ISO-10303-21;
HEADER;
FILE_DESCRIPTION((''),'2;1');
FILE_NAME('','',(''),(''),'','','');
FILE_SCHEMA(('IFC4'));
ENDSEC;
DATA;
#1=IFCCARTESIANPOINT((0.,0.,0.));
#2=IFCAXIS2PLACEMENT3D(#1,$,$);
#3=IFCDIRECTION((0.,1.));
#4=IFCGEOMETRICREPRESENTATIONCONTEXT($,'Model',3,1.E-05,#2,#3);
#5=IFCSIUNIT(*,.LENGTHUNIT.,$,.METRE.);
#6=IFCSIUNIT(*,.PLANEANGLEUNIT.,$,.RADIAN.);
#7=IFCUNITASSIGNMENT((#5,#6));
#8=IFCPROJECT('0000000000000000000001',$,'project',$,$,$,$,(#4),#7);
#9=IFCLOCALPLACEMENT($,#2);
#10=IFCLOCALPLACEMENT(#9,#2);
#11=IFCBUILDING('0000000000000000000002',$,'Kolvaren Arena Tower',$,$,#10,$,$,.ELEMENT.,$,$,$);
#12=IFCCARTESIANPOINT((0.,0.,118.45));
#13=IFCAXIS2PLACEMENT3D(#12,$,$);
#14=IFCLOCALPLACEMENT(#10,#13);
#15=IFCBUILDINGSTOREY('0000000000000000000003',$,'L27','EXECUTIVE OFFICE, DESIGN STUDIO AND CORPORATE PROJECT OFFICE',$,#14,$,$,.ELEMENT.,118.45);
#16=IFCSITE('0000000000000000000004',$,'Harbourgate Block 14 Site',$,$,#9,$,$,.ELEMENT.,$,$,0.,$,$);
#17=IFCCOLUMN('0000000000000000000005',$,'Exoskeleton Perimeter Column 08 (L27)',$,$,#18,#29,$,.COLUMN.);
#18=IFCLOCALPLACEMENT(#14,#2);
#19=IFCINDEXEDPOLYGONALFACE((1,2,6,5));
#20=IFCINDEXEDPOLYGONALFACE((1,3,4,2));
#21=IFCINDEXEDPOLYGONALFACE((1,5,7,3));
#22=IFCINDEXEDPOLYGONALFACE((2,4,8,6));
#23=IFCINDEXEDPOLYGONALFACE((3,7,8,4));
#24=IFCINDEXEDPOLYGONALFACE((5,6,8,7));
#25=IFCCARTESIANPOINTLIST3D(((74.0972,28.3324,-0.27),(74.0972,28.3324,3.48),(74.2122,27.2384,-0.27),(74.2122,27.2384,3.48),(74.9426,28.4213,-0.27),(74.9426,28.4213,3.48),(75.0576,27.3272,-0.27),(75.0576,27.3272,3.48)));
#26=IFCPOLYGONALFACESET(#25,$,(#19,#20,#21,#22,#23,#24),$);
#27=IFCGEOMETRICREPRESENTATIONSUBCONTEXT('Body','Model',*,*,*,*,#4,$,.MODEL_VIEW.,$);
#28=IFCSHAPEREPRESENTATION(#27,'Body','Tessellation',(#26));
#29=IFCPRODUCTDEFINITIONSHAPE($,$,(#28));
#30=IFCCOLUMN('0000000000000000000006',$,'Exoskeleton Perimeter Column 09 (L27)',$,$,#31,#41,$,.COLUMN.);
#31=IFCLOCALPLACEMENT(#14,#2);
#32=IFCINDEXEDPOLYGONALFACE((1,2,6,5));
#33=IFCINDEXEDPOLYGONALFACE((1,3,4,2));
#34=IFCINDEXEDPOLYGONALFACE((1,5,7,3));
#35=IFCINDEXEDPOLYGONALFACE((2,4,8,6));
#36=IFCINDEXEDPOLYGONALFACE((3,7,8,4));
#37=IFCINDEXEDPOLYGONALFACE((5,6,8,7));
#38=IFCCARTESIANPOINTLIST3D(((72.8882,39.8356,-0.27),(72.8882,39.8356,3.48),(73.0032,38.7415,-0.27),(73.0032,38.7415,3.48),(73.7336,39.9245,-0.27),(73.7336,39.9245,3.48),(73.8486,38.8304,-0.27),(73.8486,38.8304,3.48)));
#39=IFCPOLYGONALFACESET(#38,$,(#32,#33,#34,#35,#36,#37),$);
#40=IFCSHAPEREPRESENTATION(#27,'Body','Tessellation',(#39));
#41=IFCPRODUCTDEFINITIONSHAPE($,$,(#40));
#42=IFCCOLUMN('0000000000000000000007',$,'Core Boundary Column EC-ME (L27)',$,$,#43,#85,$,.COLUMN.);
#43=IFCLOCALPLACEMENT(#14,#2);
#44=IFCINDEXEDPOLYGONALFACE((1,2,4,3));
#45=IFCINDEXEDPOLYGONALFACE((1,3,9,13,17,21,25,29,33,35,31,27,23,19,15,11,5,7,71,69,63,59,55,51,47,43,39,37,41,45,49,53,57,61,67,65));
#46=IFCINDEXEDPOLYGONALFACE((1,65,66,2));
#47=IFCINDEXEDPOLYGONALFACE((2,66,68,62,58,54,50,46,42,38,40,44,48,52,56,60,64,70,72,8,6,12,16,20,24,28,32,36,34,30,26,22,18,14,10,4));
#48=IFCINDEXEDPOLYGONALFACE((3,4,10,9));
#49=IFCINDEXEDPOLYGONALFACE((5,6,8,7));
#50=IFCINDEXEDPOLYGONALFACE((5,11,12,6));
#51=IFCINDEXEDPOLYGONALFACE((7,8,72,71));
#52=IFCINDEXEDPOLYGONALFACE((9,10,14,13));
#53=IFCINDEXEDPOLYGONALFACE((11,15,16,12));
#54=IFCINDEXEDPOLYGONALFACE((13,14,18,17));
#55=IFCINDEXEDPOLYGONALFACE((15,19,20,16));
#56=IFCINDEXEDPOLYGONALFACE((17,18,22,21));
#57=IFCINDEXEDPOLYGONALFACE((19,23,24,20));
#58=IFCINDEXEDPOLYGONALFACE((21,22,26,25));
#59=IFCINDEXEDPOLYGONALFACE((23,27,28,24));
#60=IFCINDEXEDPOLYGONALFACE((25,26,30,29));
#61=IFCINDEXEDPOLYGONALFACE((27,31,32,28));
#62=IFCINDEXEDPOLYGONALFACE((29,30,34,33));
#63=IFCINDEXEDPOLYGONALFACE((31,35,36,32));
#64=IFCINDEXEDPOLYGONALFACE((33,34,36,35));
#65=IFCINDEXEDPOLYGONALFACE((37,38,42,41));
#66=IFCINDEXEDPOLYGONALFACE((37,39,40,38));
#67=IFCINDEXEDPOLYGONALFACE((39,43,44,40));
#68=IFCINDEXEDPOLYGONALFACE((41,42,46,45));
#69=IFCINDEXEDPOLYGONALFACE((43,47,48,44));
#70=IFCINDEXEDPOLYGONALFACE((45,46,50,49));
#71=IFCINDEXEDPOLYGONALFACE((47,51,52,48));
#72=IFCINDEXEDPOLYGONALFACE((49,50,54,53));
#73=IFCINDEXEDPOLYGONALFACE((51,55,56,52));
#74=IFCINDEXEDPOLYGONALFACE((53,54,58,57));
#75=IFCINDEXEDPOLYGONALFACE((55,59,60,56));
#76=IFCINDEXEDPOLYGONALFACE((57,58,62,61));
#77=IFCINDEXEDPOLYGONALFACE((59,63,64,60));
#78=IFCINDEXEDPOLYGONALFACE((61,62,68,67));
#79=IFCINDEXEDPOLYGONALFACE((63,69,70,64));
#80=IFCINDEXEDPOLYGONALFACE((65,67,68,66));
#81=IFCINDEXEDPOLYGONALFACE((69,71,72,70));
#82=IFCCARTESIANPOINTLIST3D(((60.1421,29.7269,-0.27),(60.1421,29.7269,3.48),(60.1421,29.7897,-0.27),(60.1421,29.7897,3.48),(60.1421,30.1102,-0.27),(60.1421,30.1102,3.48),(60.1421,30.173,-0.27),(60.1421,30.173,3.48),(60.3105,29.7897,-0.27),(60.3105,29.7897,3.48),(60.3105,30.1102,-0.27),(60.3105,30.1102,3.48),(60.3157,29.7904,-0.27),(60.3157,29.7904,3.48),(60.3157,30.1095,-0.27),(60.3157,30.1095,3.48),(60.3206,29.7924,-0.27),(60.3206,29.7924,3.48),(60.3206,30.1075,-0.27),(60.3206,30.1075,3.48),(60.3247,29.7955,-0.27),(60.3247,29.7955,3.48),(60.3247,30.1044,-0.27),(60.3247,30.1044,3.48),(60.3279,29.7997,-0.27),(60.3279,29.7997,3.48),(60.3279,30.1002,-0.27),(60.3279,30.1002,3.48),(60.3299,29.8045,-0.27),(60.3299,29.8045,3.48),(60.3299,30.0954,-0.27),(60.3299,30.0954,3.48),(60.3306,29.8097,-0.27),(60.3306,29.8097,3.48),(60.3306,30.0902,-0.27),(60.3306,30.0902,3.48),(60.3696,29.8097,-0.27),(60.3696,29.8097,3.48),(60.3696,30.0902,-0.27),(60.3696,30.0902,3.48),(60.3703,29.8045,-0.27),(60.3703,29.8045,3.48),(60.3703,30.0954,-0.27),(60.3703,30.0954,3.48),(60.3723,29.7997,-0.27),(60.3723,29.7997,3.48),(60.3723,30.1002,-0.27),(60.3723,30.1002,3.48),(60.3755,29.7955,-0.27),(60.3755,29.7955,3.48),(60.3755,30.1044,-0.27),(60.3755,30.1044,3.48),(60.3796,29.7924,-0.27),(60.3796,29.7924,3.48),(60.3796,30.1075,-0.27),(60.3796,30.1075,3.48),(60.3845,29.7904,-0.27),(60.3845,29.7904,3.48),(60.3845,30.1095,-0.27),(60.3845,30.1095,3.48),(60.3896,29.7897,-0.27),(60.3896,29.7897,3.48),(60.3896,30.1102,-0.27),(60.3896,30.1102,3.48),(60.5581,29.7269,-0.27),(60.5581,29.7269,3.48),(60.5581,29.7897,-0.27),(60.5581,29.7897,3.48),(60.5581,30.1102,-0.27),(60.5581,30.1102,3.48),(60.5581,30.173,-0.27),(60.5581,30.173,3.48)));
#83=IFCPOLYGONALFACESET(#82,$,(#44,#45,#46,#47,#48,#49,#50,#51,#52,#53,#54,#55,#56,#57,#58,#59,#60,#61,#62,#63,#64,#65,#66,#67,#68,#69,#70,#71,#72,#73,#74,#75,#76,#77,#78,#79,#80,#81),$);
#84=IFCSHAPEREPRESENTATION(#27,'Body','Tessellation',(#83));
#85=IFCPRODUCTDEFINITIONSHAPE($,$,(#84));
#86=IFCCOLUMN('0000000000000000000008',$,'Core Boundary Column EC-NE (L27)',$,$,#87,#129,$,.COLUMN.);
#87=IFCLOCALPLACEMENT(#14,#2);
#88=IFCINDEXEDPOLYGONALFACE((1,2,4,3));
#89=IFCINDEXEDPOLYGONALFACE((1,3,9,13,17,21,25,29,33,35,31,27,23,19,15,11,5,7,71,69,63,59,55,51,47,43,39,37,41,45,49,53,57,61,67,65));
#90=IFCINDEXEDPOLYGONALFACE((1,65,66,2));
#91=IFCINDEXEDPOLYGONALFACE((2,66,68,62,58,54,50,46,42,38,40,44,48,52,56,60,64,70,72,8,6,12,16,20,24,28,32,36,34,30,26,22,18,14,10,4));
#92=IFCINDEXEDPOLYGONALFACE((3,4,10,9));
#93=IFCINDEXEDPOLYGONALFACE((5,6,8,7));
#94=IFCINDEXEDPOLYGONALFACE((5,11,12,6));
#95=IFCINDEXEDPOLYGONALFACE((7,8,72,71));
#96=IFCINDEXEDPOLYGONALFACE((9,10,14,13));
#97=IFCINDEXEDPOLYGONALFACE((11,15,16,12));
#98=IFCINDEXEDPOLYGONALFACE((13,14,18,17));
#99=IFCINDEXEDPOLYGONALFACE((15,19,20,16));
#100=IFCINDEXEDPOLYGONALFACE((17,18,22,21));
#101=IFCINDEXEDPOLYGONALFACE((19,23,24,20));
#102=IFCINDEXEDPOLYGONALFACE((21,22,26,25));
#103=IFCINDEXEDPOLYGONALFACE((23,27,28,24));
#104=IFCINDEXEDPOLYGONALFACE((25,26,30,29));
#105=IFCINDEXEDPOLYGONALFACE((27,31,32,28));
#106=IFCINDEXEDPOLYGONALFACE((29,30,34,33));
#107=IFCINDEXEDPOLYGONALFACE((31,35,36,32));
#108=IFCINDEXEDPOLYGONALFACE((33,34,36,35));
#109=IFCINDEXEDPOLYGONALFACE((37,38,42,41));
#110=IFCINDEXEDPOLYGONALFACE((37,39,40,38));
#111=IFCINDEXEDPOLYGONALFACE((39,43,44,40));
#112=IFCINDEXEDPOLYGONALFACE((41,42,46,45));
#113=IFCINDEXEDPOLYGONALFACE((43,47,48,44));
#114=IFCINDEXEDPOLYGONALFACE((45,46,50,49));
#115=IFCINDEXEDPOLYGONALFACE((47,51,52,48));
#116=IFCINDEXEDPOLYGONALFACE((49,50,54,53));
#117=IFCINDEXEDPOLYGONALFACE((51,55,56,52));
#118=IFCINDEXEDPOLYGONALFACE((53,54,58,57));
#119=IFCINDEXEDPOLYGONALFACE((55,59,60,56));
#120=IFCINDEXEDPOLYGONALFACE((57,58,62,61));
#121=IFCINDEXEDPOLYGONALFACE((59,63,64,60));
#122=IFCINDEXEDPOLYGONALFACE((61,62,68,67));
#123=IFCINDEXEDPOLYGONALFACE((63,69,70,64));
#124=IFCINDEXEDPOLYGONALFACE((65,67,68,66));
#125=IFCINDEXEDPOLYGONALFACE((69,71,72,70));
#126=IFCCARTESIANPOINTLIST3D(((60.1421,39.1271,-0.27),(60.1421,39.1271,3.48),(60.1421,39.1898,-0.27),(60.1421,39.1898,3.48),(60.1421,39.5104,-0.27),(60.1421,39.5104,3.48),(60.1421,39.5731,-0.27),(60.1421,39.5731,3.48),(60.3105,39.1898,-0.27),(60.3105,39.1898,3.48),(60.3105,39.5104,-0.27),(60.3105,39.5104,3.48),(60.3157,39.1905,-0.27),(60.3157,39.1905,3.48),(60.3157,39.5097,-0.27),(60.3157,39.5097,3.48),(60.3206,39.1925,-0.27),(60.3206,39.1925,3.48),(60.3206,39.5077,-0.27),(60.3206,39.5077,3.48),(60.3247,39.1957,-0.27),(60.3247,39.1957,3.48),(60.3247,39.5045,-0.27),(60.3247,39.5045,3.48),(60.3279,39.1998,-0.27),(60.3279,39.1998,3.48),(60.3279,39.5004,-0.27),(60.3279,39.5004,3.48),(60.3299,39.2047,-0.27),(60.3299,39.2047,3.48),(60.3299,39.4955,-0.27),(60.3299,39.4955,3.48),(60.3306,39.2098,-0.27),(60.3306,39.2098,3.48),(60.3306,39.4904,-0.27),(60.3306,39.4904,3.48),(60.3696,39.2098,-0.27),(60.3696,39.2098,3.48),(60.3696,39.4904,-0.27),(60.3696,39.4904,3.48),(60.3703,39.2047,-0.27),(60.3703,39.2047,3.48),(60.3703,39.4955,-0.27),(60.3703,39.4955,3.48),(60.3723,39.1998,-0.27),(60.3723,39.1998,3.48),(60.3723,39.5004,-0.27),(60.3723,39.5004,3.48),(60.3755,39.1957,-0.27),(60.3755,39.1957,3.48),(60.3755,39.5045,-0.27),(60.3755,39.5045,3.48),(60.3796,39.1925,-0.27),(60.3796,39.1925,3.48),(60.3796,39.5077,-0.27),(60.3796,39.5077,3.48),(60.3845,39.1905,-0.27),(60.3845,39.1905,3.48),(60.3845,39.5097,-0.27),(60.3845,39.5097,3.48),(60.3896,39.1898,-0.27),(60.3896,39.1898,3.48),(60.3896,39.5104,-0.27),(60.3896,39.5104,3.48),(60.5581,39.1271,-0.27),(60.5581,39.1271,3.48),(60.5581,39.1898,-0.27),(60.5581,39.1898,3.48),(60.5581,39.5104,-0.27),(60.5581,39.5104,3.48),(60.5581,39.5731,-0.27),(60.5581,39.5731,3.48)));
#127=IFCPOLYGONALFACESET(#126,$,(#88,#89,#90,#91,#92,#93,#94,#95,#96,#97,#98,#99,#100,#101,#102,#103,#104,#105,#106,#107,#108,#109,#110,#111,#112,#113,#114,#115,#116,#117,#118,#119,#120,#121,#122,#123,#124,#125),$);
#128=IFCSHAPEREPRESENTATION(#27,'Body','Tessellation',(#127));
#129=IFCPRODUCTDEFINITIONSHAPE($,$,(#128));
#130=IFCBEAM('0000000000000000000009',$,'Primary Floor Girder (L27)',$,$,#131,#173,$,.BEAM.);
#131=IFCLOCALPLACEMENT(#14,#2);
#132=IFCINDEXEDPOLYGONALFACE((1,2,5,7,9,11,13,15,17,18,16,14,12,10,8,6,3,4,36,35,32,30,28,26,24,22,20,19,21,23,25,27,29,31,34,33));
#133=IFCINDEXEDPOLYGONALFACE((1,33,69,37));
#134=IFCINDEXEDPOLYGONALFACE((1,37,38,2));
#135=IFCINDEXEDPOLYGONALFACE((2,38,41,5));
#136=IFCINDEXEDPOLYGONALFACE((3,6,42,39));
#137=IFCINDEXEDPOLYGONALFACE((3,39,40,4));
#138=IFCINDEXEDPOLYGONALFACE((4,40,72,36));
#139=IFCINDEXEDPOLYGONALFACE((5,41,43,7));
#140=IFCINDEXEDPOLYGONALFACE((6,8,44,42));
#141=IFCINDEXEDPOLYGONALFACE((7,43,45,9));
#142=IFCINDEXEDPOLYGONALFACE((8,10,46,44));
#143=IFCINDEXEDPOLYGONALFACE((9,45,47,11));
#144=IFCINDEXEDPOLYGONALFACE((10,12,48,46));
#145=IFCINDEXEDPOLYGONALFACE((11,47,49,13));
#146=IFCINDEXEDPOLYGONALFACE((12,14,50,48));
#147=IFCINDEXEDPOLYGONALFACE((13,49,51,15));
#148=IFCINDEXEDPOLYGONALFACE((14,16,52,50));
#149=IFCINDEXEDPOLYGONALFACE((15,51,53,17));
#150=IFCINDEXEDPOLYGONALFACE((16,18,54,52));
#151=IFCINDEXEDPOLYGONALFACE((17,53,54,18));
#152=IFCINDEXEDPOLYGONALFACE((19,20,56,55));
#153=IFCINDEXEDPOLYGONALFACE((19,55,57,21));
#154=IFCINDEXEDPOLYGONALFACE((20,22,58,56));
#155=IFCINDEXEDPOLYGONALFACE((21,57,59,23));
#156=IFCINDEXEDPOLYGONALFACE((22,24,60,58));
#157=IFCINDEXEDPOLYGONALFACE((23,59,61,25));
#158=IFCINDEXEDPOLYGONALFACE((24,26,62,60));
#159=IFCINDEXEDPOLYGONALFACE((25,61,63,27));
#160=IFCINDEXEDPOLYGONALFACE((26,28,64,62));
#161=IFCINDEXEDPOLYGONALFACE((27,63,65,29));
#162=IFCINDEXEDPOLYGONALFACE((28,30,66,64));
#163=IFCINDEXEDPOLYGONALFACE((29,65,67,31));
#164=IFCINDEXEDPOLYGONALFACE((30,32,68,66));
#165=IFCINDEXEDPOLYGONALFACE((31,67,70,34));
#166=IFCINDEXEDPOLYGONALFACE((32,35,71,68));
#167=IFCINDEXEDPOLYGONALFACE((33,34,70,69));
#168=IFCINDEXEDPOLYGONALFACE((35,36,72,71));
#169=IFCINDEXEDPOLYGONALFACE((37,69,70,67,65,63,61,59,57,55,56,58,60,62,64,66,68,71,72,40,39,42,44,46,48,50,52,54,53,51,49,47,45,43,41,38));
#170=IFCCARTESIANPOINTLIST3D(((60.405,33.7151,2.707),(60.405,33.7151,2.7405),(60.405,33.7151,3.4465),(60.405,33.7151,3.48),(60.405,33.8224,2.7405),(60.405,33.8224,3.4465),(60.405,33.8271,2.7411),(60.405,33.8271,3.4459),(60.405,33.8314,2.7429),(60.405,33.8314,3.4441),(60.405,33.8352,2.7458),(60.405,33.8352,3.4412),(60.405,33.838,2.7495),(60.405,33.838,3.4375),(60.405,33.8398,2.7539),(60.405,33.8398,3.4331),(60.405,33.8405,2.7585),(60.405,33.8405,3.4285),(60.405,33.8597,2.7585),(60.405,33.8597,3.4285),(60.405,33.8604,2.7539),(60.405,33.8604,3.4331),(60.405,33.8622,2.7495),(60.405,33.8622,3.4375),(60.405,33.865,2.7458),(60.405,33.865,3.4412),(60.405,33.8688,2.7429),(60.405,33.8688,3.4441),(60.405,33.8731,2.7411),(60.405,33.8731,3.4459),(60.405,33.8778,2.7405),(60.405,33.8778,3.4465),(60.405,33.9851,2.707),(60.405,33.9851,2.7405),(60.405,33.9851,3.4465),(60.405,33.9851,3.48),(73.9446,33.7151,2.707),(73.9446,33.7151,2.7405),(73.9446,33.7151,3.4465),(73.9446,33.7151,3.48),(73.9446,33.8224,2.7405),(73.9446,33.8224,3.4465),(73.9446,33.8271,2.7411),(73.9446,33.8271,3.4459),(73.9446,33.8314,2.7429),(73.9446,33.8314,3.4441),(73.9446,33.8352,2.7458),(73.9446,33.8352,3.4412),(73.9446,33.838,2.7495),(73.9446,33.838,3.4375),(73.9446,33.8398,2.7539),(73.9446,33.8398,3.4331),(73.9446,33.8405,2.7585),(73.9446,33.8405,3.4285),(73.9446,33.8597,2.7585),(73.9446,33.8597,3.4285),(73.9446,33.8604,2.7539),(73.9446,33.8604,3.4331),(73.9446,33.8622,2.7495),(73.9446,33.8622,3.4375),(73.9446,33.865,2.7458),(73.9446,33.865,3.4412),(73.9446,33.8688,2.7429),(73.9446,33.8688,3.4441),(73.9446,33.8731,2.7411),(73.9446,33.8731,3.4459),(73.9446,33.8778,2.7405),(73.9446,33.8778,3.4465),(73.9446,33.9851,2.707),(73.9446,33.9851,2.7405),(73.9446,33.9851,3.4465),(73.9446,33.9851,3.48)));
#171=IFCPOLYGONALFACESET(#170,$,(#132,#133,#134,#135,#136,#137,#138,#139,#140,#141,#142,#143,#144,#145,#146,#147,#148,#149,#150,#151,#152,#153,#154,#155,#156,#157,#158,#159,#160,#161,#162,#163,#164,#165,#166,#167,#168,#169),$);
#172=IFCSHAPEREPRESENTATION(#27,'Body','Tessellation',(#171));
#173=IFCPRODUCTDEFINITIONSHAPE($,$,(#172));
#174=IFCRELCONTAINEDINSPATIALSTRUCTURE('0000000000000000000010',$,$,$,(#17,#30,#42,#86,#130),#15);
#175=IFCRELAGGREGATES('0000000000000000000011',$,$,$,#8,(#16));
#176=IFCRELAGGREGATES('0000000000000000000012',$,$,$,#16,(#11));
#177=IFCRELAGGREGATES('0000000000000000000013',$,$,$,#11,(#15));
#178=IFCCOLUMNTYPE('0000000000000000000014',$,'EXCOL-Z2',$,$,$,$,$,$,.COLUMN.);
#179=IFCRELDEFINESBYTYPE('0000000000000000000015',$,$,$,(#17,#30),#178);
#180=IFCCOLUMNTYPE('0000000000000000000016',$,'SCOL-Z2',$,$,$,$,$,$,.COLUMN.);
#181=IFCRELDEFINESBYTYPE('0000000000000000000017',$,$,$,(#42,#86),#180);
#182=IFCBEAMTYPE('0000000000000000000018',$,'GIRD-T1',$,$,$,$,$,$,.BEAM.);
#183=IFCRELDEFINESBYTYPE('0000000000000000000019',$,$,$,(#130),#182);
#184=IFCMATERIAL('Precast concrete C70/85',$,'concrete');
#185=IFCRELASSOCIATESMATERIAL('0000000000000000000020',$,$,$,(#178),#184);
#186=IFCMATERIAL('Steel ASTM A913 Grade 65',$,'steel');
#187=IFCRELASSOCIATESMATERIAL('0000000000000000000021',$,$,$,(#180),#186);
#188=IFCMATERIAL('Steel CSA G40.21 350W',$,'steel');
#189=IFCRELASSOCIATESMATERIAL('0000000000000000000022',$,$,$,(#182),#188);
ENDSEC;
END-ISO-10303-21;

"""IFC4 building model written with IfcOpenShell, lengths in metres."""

from ifc_helpers import new_model, si_unit, direction, frame, origin, origin_2d, place, context, subcontext, project, spatial, rectangle, i_section, extrude, material, material_profile, profile_set, type_object, element, save


model = new_model("IFC4")

# Units and contexts
model_context = context("Model", 3, precision=1e-05, world=origin(), true_north=direction((0.0, 1.0)))
body_context = subcontext(model_context, "Body", "Model", "MODEL_VIEW")
ifc_project = project(units=[si_unit("LENGTHUNIT", "METRE"), si_unit("PLANEANGLEUNIT", "RADIAN")], contexts=[model_context])

# Site, building, storey
site_placement = place(None, origin())
site = spatial("IfcSite", under=ifc_project, at=site_placement, Name="Harbourgate Block 14 Site", CompositionType="ELEMENT", RefElevation=0.0)
building_placement = place(site_placement, origin())
building = spatial("IfcBuilding", under=site, at=building_placement, Name="Kolvaren Arena Tower", CompositionType="ELEMENT")
storey_placement = place(building_placement, frame((0.0, 0.0, 118.45)))
storey = spatial("IfcBuildingStorey", under=building, at=storey_placement, Name="L27", Description="EXECUTIVE OFFICE, DESIGN STUDIO AND CORPORATE PROJECT OFFICE", CompositionType="ELEMENT", Elevation=118.45)

# Columns
ifc_material_1 = material(Name="Precast concrete C70/85", Category="concrete")
ifc_material_profile_1 = material_profile(ifc_material_1, rectangle(XDim=1.1001, YDim=0.8501, at=origin_2d()), Name="RC-1100x850")
ifc_profile_set_1 = profile_set([ifc_material_profile_1], Name="Precast concrete C70/85")
column_type_1 = type_object("IfcColumnType", Name="EXCOL-Z2", PredefinedType="COLUMN", material=ifc_profile_set_1)
for number, where, z_axis, x_axis, name in (
    (1, (74.5774, 27.8298, -0.27), (0.0, 0.0, 1.0), (-0.104528, 0.994522, 0.0), "Exoskeleton Perimeter Column 08 (L27)"),
    (2, (73.3684, 39.333, -0.27), (0.0, 0.0, 1.0), (-0.104528, 0.994522, 0.0), "Exoskeleton Perimeter Column 09 (L27)"),
):
    element("IfcColumn", number, at=place(storey_placement, frame(where, z_axis=z_axis, x_axis=x_axis)), inside=storey, type_object=column_type_1, Name=name, PredefinedType="COLUMN", context=body_context, shape_type="SweptSolid", body=[
        extrude(rectangle(XDim=1.1001, YDim=0.8501, at=origin_2d()), origin(), (0.0, 0.0, 1.0), 3.75),
    ])
ifc_material_2 = material(Name="Steel ASTM A913 Grade 65", Category="steel")
ifc_material_profile_2 = material_profile(ifc_material_2, i_section(OverallWidth=0.416, OverallDepth=0.446, WebThickness=0.0391, FlangeThickness=0.0627, FilletRadius=0.02, at=origin_2d()), Name="W360x509")
ifc_profile_set_2 = profile_set([ifc_material_profile_2], Name="Steel ASTM A913 Grade 65")
column_type_2 = type_object("IfcColumnType", Name="SCOL-Z2", PredefinedType="COLUMN", material=ifc_profile_set_2)
for number, where, z_axis, x_axis, name in (
    (3, (60.3501, 29.95, -0.27), (0.0, 0.0, 1.0), (1.0, 0.0, 0.0), "Core Boundary Column EC-ME (L27)"),
    (4, (60.3501, 39.3501, -0.27), (0.0, 0.0, 1.0), (1.0, 0.0, 0.0), "Core Boundary Column EC-NE (L27)"),
):
    element("IfcColumn", number, at=place(storey_placement, frame(where, z_axis=z_axis, x_axis=x_axis)), inside=storey, type_object=column_type_2, Name=name, PredefinedType="COLUMN", context=body_context, shape_type="SweptSolid", body=[
        extrude(i_section(OverallWidth=0.416, OverallDepth=0.446, WebThickness=0.0391, FlangeThickness=0.0627, FilletRadius=0.02, at=origin_2d()), origin(), (0.0, 0.0, 1.0), 3.75),
    ])

# Beam
ifc_material_3 = material(Name="Steel CSA G40.21 350W", Category="steel")
ifc_material_profile_3 = material_profile(ifc_material_3, i_section(OverallWidth=0.27, OverallDepth=0.7729, WebThickness=0.0193, FlangeThickness=0.0334, FilletRadius=0.0181, at=origin_2d()), Name="W760x257")
ifc_profile_set_3 = profile_set([ifc_material_profile_3], Name="Steel CSA G40.21 350W")
beam_type_1 = type_object("IfcBeamType", Name="GIRD-T1", PredefinedType="BEAM", material=ifc_profile_set_3)
beam_1_placement = place(storey_placement, frame((60.405, 33.8501, 3.0935), z_axis=(1.0, 0.0, 0.0), x_axis=(0.0, 1.0, 0.0)))
element("IfcBeam", 5, at=beam_1_placement, inside=storey, type_object=beam_type_1, Name="Primary Floor Girder (L27)", PredefinedType="BEAM", context=body_context, shape_type="SweptSolid", body=[
    extrude(i_section(OverallWidth=0.27, OverallDepth=0.7729, WebThickness=0.0193, FlangeThickness=0.0334, FilletRadius=0.0181, at=origin_2d()), origin(), (0.0, 0.0, 1.0), 13.5396),
])

save(model, "model.ifc")
